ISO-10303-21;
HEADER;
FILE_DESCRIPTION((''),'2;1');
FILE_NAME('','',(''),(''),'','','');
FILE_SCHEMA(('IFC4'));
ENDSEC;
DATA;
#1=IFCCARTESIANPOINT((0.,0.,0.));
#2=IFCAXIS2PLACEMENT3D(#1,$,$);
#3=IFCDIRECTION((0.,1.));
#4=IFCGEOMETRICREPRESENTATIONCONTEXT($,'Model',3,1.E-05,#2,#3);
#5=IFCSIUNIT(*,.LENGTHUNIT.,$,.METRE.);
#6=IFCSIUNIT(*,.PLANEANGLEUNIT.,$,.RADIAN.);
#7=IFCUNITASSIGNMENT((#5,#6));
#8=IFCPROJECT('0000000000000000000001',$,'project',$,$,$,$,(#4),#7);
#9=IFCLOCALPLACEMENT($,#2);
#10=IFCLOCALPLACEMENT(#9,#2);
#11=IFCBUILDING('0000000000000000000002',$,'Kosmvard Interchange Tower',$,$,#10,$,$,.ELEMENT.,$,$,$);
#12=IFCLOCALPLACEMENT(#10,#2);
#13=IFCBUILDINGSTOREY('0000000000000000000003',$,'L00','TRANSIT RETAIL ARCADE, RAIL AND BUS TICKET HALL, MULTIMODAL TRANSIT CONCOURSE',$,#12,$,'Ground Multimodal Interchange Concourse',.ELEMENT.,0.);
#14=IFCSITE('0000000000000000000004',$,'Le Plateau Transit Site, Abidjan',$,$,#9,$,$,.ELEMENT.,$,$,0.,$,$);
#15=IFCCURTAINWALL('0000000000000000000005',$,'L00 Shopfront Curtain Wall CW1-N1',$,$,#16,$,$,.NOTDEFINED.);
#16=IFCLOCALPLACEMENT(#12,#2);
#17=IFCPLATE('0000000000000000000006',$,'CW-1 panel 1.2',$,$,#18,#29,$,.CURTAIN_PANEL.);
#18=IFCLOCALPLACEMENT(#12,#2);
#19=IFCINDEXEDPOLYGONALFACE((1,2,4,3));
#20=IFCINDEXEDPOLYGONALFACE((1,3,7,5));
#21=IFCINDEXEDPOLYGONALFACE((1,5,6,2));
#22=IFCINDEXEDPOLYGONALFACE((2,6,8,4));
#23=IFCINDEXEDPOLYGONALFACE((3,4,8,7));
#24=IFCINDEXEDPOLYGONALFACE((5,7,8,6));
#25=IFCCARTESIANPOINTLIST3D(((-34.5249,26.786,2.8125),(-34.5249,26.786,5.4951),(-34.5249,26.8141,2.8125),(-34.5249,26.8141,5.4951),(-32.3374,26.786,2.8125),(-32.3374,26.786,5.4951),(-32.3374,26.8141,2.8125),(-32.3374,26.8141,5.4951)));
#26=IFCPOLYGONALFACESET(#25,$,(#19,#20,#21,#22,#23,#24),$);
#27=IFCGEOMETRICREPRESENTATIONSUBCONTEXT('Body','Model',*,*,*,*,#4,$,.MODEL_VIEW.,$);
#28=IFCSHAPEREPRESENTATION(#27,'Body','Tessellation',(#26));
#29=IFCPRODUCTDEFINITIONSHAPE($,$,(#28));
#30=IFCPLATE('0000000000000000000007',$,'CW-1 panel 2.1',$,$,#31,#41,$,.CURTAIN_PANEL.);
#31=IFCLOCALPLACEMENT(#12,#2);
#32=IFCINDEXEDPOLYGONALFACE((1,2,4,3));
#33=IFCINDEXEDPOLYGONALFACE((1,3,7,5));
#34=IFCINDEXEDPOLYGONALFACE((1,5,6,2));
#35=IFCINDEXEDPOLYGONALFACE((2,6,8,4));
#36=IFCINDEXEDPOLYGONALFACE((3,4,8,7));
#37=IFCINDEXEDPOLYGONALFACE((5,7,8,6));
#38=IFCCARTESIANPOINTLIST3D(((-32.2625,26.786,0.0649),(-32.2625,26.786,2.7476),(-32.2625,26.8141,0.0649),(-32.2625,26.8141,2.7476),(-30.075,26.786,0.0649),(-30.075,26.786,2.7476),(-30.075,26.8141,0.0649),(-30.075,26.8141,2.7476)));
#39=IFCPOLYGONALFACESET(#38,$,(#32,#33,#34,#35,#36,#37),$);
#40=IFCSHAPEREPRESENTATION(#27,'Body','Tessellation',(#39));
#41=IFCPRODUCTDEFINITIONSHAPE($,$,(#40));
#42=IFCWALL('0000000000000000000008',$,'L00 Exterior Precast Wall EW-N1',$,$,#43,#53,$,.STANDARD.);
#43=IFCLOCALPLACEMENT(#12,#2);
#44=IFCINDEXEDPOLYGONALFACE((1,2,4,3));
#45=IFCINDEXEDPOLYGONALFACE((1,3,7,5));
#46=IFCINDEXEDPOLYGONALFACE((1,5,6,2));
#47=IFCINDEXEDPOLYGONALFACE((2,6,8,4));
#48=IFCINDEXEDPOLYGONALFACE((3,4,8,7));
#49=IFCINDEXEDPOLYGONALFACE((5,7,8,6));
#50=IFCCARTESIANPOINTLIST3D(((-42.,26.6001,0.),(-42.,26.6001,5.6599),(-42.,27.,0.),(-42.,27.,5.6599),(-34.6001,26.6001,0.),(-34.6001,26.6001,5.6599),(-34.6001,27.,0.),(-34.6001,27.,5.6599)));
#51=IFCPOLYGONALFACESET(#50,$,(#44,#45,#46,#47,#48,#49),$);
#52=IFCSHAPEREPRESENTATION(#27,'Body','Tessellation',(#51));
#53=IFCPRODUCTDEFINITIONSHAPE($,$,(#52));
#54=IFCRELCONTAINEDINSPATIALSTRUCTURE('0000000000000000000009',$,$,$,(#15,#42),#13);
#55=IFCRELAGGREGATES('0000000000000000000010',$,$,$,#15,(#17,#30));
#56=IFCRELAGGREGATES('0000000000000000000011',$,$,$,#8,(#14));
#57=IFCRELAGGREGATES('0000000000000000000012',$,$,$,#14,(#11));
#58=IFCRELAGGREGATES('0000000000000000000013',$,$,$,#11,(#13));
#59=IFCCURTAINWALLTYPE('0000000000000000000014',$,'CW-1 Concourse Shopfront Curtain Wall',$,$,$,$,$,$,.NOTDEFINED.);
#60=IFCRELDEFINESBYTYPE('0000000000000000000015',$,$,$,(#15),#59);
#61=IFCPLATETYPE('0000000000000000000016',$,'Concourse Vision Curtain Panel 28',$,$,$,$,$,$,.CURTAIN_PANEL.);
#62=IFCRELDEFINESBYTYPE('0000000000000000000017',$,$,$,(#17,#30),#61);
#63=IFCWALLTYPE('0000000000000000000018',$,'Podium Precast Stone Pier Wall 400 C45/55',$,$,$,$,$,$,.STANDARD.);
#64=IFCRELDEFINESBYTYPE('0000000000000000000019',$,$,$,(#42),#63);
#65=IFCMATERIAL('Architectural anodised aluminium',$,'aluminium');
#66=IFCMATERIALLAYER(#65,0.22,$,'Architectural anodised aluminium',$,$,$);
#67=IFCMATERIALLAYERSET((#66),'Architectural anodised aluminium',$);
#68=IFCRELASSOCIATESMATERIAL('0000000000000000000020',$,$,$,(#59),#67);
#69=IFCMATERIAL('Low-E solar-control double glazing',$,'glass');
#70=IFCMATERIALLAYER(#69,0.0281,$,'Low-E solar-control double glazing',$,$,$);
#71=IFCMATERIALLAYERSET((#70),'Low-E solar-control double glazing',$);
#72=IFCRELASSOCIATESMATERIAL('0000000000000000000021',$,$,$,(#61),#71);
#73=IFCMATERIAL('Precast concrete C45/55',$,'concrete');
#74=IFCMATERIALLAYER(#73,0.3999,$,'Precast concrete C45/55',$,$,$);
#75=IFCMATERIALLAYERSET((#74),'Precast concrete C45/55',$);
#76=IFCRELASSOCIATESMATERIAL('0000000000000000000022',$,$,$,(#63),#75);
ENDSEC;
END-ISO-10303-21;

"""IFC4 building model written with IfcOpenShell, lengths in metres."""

from ifc_helpers import new_model, si_unit, direction, frame, frame_2d, origin, origin_2d, place, context, subcontext, project, spatial, rectangle, extrude, source, transform, mapped, material, layer, layer_set, type_object, element, aggregate, save


model = new_model("IFC4")

# Units and contexts
model_context = context("Model", 3, precision=1e-05, world=origin(), true_north=direction((0.0, 1.0)))
body_context = subcontext(model_context, "Body", "Model", "MODEL_VIEW")
ifc_project = project(units=[si_unit("LENGTHUNIT", "METRE"), si_unit("PLANEANGLEUNIT", "RADIAN")], contexts=[model_context])

# Site, building, storey
site_placement = place(None, origin())
site = spatial("IfcSite", under=ifc_project, at=site_placement, Name="Le Plateau Transit Site, Abidjan", CompositionType="ELEMENT", RefElevation=0.0)
building_placement = place(site_placement, origin())
building = spatial("IfcBuilding", under=site, at=building_placement, Name="Kosmvard Interchange Tower", CompositionType="ELEMENT")
storey_placement = place(building_placement, origin())
storey = spatial("IfcBuildingStorey", under=building, at=storey_placement, Name="L00", Description="TRANSIT RETAIL ARCADE, RAIL AND BUS TICKET HALL, MULTIMODAL TRANSIT CONCOURSE", LongName="Ground Multimodal Interchange Concourse", CompositionType="ELEMENT", Elevation=0.0)

# Curtain wall, plates
ifc_material_1 = material(Name="Architectural anodised aluminium", Category="aluminium")
ifc_layer_1 = layer(ifc_material_1, 0.22, Name="Architectural anodised aluminium")
ifc_layer_set_1 = layer_set([ifc_layer_1], Name="Architectural anodised aluminium")
curtain_wall_type = type_object("IfcCurtainWallType", Name="CW-1 Concourse Shopfront Curtain Wall", PredefinedType="NOTDEFINED", material=ifc_layer_set_1)
curtain_wall_placement = place(storey_placement, origin())
curtain_wall = element("IfcCurtainWall", 1, at=curtain_wall_placement, inside=storey, type_object=curtain_wall_type, Name="L00 Shopfront Curtain Wall CW1-N1", PredefinedType="NOTDEFINED")
ifc_material_2 = material(Name="Low-E solar-control double glazing", Category="glass")
ifc_layer_2 = layer(ifc_material_2, 0.0281, Name="Low-E solar-control double glazing")
ifc_layer_set_2 = layer_set([ifc_layer_2], Name="Low-E solar-control double glazing")
plate_type = type_object("IfcPlateType", Name="Concourse Vision Curtain Panel 28", PredefinedType="CURTAIN_PANEL", material=ifc_layer_set_2)
shared_shape_1 = source(origin(), body_context, "Body", "SweptSolid", [
    extrude(rectangle(XDim=2.1875, YDim=0.0281, at=origin_2d()), origin(), (0.0, 0.0, 1.0), 2.6826),
])
plate_1_placement = place(storey_placement, frame((-33.4312, 26.8, 2.8125), z_axis=(0.0, 0.0, 1.0), x_axis=(1.0, 0.0, 0.0)))
plate_1 = element("IfcPlate", 2, at=plate_1_placement, type_object=plate_type, Name="CW-1 panel 1.2", PredefinedType="CURTAIN_PANEL", context=body_context, shape_type="MappedRepresentation", body=[
    mapped(shared_shape_1, transform((0.0, 0.0, 0.0), scale=1.0)),
])
plate_2_placement = place(storey_placement, frame((-31.1687, 26.8, 0.0649), z_axis=(0.0, 0.0, 1.0), x_axis=(1.0, 0.0, 0.0)))
plate_2 = element("IfcPlate", 3, at=plate_2_placement, type_object=plate_type, Name="CW-1 panel 2.1", PredefinedType="CURTAIN_PANEL", context=body_context, shape_type="MappedRepresentation", body=[
    mapped(shared_shape_1, transform((0.0, 0.0, 0.0), scale=1.0)),
])
aggregate(curtain_wall, [plate_1, plate_2])

# Wall
ifc_material_3 = material(Name="Precast concrete C45/55", Category="concrete")
ifc_layer_3 = layer(ifc_material_3, 0.3999, Name="Precast concrete C45/55")
ifc_layer_set_3 = layer_set([ifc_layer_3], Name="Precast concrete C45/55")
wall_type = type_object("IfcWallType", Name="Podium Precast Stone Pier Wall 400 C45/55", PredefinedType="STANDARD", material=ifc_layer_set_3)
wall_placement = place(storey_placement, frame((-42.0, 26.8, 0.0), z_axis=(0.0, 0.0, 1.0), x_axis=(1.0, 0.0, 0.0)))
element("IfcWall", 4, at=wall_placement, inside=storey, type_object=wall_type, Name="L00 Exterior Precast Wall EW-N1", PredefinedType="STANDARD", context=body_context, shape_type="SweptSolid", body=[
    extrude(rectangle(XDim=7.3999, YDim=0.3999, at=frame_2d((3.7, 0.0))), origin(), (0.0, 0.0, 1.0), 5.6599),
])

save(model, "model.ifc")
